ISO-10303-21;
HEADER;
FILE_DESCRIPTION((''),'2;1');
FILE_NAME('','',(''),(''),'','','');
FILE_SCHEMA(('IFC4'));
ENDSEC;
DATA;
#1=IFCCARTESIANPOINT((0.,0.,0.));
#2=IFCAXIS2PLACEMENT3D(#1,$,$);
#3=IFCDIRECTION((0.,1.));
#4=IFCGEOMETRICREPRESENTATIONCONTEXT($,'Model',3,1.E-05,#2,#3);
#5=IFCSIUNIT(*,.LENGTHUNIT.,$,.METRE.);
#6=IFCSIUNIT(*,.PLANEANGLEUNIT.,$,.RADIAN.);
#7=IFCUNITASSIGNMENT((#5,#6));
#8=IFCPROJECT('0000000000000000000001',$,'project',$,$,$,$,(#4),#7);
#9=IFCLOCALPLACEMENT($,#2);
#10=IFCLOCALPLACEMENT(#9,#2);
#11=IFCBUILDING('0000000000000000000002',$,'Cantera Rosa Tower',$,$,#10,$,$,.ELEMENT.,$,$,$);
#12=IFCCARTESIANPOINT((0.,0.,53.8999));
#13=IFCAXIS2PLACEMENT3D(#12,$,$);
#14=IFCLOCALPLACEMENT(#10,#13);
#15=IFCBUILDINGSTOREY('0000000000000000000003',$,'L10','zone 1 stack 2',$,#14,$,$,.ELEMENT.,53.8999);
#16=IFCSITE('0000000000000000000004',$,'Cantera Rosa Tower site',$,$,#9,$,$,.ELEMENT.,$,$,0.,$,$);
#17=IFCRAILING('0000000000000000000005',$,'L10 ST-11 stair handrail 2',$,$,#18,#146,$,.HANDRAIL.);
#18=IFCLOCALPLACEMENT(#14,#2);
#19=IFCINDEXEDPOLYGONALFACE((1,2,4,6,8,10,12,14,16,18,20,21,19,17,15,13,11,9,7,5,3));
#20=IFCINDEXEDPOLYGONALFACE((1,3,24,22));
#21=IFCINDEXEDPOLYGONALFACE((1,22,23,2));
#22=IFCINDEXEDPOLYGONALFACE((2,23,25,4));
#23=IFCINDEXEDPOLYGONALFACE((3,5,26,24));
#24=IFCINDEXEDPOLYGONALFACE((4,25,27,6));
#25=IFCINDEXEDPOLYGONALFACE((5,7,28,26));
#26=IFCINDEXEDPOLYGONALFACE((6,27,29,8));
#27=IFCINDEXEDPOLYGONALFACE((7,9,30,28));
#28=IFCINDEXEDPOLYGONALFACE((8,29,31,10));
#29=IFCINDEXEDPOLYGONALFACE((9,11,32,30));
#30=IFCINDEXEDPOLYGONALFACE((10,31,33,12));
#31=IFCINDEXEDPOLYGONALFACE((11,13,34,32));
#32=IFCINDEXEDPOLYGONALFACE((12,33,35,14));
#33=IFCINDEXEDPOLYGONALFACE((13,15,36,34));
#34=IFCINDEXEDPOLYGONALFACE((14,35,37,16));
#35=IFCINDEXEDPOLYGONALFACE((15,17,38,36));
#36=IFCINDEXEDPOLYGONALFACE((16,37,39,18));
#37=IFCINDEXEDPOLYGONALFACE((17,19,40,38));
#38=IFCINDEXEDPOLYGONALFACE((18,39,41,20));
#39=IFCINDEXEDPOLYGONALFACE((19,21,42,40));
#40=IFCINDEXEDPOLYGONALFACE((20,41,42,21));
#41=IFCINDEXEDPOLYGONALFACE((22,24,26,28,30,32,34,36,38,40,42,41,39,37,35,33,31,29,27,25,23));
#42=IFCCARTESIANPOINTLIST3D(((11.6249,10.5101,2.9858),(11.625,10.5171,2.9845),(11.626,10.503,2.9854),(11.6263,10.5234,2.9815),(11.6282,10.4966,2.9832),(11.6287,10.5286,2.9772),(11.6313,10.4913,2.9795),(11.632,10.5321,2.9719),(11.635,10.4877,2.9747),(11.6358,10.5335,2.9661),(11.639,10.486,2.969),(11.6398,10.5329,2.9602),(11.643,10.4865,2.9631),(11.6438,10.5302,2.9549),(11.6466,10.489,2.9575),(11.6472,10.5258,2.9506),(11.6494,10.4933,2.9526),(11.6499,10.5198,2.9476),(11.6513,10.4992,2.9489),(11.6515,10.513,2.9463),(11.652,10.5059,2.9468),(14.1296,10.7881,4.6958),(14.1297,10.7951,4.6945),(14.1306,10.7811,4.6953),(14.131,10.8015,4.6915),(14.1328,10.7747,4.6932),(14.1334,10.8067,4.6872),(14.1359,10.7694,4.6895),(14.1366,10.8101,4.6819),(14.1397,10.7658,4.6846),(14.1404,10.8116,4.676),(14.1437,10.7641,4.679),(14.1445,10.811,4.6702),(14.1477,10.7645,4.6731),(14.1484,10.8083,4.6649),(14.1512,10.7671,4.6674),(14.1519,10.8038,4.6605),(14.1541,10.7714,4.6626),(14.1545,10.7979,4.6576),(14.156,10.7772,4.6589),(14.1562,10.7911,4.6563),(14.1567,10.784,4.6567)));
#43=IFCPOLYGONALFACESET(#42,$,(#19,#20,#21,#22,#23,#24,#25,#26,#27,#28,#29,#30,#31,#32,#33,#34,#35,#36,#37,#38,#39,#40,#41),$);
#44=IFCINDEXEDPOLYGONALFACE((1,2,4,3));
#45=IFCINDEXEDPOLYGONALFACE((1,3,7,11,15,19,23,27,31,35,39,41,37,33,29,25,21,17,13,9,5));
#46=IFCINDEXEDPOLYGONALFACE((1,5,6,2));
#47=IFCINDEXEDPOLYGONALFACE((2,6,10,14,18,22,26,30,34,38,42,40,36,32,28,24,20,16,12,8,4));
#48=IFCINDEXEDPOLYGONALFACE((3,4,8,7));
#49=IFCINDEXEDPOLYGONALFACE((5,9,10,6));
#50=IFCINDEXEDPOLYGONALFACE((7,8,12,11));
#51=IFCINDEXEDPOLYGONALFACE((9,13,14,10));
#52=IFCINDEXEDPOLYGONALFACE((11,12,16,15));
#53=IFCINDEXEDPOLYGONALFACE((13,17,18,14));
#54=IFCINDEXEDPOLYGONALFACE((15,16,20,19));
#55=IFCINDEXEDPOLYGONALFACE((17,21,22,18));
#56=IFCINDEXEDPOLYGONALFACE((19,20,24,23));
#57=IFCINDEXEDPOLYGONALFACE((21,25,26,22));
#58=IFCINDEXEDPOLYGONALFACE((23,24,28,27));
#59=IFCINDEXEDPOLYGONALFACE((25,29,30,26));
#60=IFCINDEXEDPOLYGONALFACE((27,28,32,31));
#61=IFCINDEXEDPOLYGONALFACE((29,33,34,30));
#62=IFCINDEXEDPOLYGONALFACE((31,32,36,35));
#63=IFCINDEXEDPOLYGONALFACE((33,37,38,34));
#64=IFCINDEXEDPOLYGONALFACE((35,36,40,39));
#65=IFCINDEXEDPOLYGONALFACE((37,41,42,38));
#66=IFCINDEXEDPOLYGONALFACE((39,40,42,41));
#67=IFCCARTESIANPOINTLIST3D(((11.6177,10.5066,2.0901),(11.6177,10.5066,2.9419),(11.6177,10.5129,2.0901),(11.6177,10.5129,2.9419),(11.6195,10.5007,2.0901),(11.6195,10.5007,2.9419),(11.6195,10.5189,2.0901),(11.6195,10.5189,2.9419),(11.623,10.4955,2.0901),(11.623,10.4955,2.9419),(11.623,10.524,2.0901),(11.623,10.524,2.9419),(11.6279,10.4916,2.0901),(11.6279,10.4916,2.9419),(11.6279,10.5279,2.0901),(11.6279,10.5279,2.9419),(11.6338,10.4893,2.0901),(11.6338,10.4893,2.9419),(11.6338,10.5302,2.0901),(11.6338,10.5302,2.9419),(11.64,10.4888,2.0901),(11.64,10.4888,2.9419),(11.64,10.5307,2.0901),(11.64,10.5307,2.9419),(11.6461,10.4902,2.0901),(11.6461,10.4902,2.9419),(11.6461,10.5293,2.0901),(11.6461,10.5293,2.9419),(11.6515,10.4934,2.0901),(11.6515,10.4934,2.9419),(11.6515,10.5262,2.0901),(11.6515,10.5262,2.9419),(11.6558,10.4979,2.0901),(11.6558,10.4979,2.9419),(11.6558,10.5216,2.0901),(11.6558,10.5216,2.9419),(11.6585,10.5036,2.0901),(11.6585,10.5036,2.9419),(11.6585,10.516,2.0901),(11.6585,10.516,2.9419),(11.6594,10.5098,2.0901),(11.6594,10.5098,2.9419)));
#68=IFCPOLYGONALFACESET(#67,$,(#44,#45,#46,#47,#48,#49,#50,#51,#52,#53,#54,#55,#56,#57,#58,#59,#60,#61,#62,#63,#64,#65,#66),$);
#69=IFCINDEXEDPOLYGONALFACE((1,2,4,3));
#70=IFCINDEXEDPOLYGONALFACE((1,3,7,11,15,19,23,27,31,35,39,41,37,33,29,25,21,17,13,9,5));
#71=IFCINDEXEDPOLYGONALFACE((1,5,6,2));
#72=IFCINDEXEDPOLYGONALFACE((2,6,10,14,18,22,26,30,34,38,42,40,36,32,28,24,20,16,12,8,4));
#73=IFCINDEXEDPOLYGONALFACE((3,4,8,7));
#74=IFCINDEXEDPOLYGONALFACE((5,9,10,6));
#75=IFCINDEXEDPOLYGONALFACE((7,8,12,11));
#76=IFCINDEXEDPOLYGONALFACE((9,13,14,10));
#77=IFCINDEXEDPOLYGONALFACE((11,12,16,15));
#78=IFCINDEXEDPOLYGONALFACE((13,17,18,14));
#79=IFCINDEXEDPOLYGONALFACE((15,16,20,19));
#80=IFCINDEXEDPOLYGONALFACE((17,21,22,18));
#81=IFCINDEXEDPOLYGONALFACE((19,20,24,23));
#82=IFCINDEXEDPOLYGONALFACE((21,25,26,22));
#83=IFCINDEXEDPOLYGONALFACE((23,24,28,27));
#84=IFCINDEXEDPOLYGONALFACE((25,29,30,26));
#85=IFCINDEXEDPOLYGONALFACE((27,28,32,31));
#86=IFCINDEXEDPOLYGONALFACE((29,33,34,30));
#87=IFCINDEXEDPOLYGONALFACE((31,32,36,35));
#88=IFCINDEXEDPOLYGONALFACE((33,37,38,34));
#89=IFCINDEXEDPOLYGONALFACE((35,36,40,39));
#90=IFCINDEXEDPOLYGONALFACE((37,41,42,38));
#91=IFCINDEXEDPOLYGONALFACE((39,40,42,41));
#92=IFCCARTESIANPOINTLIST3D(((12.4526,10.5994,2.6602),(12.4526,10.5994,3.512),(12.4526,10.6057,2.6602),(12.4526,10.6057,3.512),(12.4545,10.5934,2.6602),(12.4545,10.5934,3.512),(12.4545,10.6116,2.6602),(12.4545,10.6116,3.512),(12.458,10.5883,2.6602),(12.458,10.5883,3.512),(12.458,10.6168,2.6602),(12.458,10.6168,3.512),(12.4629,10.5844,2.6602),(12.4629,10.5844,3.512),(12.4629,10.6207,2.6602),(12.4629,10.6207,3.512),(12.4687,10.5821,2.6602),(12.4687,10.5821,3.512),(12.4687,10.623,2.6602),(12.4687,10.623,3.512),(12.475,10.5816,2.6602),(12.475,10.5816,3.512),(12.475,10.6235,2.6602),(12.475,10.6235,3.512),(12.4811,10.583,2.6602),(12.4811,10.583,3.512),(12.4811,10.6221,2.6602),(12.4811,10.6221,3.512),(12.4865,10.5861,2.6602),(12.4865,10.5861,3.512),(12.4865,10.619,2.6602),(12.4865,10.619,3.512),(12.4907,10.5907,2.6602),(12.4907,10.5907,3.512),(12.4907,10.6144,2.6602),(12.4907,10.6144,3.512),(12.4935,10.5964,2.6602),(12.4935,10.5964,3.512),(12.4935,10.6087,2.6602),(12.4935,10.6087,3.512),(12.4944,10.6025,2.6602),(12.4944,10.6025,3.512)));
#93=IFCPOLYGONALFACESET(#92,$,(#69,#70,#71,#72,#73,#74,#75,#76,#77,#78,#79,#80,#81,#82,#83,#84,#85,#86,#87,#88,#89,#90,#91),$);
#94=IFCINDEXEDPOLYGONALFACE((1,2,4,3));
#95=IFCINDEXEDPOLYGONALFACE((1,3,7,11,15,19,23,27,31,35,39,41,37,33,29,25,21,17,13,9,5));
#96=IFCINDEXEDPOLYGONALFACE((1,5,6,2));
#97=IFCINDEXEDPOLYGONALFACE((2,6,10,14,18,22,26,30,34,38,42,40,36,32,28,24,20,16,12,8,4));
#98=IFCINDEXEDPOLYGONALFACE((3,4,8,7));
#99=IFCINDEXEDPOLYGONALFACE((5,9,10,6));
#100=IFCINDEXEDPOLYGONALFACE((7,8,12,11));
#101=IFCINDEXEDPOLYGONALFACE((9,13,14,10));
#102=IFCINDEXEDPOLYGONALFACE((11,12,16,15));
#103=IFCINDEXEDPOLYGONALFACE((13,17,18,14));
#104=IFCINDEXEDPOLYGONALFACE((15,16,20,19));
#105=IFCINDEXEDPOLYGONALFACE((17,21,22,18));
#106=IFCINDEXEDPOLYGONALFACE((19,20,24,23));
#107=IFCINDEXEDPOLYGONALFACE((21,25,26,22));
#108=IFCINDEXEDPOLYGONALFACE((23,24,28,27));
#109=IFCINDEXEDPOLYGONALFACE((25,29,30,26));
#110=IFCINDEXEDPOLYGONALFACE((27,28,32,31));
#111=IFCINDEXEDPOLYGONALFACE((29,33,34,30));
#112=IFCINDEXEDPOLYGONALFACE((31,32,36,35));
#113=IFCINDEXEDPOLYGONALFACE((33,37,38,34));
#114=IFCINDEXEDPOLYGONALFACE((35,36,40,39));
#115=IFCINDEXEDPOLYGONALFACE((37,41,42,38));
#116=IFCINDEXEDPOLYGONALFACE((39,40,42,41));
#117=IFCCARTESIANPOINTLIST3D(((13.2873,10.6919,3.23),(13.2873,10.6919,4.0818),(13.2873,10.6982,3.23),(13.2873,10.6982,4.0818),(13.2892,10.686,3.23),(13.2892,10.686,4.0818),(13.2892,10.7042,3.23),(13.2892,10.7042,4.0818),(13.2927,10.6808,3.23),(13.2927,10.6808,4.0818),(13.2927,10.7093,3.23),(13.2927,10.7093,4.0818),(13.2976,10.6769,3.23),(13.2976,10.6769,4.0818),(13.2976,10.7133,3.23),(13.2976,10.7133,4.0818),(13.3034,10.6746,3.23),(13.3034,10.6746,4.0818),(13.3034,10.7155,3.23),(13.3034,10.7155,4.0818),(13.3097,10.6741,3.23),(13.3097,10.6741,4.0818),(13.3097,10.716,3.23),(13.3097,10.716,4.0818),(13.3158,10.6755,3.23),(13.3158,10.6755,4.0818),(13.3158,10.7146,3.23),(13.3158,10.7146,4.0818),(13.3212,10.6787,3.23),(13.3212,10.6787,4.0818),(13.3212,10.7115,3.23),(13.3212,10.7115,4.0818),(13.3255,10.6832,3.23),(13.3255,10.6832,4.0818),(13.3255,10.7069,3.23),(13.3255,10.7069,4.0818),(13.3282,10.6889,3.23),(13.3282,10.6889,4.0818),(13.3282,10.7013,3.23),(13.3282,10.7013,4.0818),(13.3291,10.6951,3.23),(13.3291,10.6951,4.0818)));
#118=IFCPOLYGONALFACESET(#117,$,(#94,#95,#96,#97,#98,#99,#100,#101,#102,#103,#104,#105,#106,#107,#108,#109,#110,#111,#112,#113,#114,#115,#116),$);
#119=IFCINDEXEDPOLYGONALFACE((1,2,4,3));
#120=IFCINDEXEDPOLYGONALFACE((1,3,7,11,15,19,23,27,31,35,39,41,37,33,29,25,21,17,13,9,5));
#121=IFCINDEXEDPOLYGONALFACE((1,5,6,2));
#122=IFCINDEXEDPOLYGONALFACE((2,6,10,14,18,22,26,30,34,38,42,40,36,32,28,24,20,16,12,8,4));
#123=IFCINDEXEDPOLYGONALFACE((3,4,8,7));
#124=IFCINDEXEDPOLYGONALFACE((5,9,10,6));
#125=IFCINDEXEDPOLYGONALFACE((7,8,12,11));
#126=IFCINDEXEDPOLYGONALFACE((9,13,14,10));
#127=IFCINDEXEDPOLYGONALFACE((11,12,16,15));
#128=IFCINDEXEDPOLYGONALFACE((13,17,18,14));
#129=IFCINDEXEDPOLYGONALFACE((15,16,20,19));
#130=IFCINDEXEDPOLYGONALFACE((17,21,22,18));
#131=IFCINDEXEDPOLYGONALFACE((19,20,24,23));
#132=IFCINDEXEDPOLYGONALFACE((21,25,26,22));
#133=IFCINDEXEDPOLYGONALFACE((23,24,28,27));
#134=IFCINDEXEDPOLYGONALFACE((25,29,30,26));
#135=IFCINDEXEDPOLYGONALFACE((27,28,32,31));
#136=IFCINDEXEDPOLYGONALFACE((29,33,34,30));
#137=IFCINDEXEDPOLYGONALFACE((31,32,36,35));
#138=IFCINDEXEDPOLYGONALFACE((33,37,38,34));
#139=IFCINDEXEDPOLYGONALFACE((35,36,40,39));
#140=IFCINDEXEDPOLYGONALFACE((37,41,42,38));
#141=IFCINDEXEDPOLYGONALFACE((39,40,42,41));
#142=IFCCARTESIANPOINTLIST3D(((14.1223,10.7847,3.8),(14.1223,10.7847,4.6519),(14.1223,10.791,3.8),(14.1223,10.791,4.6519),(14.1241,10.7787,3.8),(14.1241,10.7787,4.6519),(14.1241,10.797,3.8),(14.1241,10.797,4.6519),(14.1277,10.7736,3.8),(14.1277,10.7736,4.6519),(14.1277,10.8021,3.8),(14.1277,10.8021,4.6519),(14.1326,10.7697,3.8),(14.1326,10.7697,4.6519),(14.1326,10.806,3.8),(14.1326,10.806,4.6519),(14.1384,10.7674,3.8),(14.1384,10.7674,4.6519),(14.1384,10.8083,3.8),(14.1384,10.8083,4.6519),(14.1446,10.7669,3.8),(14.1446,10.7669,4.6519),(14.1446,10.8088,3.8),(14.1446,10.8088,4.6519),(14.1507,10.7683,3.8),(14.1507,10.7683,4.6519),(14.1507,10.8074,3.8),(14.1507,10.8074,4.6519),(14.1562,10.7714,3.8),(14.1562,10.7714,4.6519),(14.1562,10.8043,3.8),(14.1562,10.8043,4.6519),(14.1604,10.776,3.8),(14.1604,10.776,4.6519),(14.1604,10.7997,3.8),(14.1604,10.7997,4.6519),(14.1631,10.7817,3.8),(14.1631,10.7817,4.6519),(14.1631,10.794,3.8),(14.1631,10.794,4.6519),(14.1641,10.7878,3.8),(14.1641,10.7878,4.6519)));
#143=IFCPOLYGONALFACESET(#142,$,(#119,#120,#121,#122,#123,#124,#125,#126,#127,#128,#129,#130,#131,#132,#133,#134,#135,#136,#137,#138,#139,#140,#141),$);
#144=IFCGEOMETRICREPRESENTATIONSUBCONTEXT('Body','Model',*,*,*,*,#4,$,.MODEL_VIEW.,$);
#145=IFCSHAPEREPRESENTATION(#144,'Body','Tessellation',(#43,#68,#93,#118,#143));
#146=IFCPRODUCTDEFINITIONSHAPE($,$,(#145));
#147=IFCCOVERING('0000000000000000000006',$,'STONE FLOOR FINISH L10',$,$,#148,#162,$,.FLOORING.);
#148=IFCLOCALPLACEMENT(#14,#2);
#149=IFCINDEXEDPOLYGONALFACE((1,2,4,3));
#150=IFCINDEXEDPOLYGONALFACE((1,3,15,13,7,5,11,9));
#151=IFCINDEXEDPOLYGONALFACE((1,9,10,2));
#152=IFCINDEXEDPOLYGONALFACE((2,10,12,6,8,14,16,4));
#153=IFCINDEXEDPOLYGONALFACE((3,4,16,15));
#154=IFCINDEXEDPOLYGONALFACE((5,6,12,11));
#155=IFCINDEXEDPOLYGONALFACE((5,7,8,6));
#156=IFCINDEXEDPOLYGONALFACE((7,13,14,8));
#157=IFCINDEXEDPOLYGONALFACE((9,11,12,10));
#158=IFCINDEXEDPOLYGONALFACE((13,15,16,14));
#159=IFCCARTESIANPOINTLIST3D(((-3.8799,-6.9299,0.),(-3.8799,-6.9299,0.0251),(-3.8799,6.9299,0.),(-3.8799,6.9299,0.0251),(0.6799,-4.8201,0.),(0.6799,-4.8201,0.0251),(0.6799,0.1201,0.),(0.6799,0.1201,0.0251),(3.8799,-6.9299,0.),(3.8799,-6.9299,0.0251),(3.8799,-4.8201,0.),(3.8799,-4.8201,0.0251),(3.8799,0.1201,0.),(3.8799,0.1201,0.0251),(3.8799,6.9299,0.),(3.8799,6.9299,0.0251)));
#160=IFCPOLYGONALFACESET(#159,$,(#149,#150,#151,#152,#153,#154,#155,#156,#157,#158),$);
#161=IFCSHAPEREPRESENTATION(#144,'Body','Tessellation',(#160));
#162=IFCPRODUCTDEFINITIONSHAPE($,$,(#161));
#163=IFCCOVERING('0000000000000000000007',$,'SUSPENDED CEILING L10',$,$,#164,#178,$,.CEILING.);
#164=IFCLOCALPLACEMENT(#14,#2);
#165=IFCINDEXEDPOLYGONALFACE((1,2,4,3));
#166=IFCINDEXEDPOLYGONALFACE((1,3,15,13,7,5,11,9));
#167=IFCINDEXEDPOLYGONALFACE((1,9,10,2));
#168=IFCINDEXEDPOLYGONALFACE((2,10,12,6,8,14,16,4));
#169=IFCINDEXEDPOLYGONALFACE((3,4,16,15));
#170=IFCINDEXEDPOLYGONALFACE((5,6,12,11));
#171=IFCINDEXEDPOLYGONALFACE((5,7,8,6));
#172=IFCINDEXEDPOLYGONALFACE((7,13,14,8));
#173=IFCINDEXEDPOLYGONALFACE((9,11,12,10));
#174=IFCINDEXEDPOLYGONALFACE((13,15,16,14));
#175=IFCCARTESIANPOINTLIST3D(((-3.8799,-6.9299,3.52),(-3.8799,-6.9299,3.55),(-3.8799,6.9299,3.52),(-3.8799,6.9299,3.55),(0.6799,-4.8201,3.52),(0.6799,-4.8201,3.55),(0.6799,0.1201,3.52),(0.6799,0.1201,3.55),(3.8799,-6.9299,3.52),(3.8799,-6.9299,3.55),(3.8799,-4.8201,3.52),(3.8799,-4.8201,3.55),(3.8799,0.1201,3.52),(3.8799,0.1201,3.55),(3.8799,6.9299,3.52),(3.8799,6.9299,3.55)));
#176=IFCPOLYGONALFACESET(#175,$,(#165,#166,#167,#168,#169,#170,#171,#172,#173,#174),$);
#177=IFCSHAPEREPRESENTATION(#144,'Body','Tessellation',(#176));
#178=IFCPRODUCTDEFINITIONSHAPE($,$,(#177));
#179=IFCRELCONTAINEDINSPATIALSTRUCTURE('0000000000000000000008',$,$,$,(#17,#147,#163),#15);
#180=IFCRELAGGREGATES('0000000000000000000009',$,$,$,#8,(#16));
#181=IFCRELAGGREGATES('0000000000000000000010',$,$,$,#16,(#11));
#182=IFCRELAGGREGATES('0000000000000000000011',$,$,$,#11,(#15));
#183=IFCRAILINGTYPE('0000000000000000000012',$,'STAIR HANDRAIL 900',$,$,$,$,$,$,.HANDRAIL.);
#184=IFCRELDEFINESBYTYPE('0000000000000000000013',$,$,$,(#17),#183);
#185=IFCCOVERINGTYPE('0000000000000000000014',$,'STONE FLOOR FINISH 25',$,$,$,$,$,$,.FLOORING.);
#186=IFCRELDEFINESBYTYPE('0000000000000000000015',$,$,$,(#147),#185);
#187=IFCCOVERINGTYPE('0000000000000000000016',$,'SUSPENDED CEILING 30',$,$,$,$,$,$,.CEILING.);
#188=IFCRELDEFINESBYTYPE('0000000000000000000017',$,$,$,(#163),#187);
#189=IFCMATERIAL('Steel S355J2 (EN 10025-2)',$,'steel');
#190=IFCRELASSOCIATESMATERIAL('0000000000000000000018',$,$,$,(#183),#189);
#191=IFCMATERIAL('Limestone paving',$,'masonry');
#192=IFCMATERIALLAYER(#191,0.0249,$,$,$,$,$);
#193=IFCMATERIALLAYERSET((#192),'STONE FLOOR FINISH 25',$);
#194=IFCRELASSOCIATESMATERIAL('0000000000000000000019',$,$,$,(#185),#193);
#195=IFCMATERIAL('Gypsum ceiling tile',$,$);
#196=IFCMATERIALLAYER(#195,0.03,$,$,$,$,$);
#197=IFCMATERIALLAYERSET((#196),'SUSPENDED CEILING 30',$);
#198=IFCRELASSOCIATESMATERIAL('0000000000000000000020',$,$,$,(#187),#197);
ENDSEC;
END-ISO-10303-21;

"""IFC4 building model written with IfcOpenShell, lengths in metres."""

from ifc_helpers import new_model, si_unit, direction, frame, origin, origin_2d, place, context, subcontext, project, spatial, polyline, circle, outline, extrude, material, layer, layer_set, type_object, element, save


model = new_model("IFC4")

# Units and contexts
model_context = context("Model", 3, precision=1e-05, world=origin(), true_north=direction((0.0, 1.0)))
body_context = subcontext(model_context, "Body", "Model", "MODEL_VIEW")
ifc_project = project(units=[si_unit("LENGTHUNIT", "METRE"), si_unit("PLANEANGLEUNIT", "RADIAN")], contexts=[model_context])

# Site, building, storey
site_placement = place(None, origin())
site = spatial("IfcSite", under=ifc_project, at=site_placement, Name="Cantera Rosa Tower site", CompositionType="ELEMENT", RefElevation=0.0)
building_placement = place(site_placement, origin())
building = spatial("IfcBuilding", under=site, at=building_placement, Name="Cantera Rosa Tower", CompositionType="ELEMENT")
storey_placement = place(building_placement, frame((0.0, 0.0, 53.8999)))
storey = spatial("IfcBuildingStorey", under=building, at=storey_placement, Name="L10", Description="zone 1 stack 2", CompositionType="ELEMENT", Elevation=53.8999)

# Railing
ifc_material_1 = material(Name="Steel S355J2 (EN 10025-2)", Category="steel")
railing_type_1 = type_object("IfcRailingType", Name="STAIR HANDRAIL 900", PredefinedType="HANDRAIL", material=ifc_material_1)
railing_1_placement = place(storey_placement, frame((11.6384, 10.5098, 2.0901)))
element("IfcRailing", 1, at=railing_1_placement, inside=storey, type_object=railing_type_1, Name="L10 ST-11 stair handrail 2", PredefinedType="HANDRAIL", context=body_context, shape_type="SweptSolid", body=[
    extrude(circle(Radius=0.0239, at=origin_2d()), frame((0.0, 0.0, 0.876), z_axis=(0.822431, 0.09131, 0.561488), x_axis=(-0.110346, 0.993893, 0.0)), (0.0, 0.0, 1.0), 3.0454),
    extrude(circle(Radius=0.021, at=origin_2d()), origin(), (0.0, 0.0, 1.0), 0.8518),
    extrude(circle(Radius=0.021, at=origin_2d()), frame((0.835, 0.0928, 0.5701)), (0.0, 0.0, 1.0), 0.8518),
    extrude(circle(Radius=0.021, at=origin_2d()), frame((1.6697, 0.1853, 1.1399)), (0.0, 0.0, 1.0), 0.8518),
    extrude(circle(Radius=0.021, at=origin_2d()), frame((2.5046, 0.2781, 1.71)), (0.0, 0.0, 1.0), 0.8518),
])

# Coverings
ifc_material_2 = material(Name="Limestone paving", Category="masonry")
ifc_layer_1 = layer(ifc_material_2, 0.0249)
ifc_layer_set_1 = layer_set([ifc_layer_1], Name="STONE FLOOR FINISH 25")
covering_type_1 = type_object("IfcCoveringType", Name="STONE FLOOR FINISH 25", PredefinedType="FLOORING", material=ifc_layer_set_1)
covering_1_placement = place(storey_placement, origin())
element("IfcCovering", 2, at=covering_1_placement, inside=storey, type_object=covering_type_1, Name="STONE FLOOR FINISH L10", PredefinedType="FLOORING", context=body_context, shape_type="SweptSolid", body=[
    extrude(outline(polyline([(3.8799, 6.9299), (3.8799, 0.1201), (0.6799, 0.1201), (0.6799, -4.8201), (3.8799, -4.8201), (3.8799, -6.9299), (-3.8799, -6.9299), (-3.8799, 6.9299), (3.8799, 6.9299)])), origin(), (0.0, 0.0, 1.0), 0.0251),
])
ifc_material_3 = material(Name="Gypsum ceiling tile")
ifc_layer_2 = layer(ifc_material_3, 0.03)
ifc_layer_set_2 = layer_set([ifc_layer_2], Name="SUSPENDED CEILING 30")
covering_type_2 = type_object("IfcCoveringType", Name="SUSPENDED CEILING 30", PredefinedType="CEILING", material=ifc_layer_set_2)
covering_2_placement = place(storey_placement, frame((0.0, 0.0, 3.52)))
element("IfcCovering", 3, at=covering_2_placement, inside=storey, type_object=covering_type_2, Name="SUSPENDED CEILING L10", PredefinedType="CEILING", context=body_context, shape_type="SweptSolid", body=[
    extrude(outline(polyline([(3.8799, 6.9299), (3.8799, 0.1201), (0.6799, 0.1201), (0.6799, -4.8201), (3.8799, -4.8201), (3.8799, -6.9299), (-3.8799, -6.9299), (-3.8799, 6.9299), (3.8799, 6.9299)])), origin(), (0.0, 0.0, 1.0), 0.03),
])

save(model, "model.ifc")
